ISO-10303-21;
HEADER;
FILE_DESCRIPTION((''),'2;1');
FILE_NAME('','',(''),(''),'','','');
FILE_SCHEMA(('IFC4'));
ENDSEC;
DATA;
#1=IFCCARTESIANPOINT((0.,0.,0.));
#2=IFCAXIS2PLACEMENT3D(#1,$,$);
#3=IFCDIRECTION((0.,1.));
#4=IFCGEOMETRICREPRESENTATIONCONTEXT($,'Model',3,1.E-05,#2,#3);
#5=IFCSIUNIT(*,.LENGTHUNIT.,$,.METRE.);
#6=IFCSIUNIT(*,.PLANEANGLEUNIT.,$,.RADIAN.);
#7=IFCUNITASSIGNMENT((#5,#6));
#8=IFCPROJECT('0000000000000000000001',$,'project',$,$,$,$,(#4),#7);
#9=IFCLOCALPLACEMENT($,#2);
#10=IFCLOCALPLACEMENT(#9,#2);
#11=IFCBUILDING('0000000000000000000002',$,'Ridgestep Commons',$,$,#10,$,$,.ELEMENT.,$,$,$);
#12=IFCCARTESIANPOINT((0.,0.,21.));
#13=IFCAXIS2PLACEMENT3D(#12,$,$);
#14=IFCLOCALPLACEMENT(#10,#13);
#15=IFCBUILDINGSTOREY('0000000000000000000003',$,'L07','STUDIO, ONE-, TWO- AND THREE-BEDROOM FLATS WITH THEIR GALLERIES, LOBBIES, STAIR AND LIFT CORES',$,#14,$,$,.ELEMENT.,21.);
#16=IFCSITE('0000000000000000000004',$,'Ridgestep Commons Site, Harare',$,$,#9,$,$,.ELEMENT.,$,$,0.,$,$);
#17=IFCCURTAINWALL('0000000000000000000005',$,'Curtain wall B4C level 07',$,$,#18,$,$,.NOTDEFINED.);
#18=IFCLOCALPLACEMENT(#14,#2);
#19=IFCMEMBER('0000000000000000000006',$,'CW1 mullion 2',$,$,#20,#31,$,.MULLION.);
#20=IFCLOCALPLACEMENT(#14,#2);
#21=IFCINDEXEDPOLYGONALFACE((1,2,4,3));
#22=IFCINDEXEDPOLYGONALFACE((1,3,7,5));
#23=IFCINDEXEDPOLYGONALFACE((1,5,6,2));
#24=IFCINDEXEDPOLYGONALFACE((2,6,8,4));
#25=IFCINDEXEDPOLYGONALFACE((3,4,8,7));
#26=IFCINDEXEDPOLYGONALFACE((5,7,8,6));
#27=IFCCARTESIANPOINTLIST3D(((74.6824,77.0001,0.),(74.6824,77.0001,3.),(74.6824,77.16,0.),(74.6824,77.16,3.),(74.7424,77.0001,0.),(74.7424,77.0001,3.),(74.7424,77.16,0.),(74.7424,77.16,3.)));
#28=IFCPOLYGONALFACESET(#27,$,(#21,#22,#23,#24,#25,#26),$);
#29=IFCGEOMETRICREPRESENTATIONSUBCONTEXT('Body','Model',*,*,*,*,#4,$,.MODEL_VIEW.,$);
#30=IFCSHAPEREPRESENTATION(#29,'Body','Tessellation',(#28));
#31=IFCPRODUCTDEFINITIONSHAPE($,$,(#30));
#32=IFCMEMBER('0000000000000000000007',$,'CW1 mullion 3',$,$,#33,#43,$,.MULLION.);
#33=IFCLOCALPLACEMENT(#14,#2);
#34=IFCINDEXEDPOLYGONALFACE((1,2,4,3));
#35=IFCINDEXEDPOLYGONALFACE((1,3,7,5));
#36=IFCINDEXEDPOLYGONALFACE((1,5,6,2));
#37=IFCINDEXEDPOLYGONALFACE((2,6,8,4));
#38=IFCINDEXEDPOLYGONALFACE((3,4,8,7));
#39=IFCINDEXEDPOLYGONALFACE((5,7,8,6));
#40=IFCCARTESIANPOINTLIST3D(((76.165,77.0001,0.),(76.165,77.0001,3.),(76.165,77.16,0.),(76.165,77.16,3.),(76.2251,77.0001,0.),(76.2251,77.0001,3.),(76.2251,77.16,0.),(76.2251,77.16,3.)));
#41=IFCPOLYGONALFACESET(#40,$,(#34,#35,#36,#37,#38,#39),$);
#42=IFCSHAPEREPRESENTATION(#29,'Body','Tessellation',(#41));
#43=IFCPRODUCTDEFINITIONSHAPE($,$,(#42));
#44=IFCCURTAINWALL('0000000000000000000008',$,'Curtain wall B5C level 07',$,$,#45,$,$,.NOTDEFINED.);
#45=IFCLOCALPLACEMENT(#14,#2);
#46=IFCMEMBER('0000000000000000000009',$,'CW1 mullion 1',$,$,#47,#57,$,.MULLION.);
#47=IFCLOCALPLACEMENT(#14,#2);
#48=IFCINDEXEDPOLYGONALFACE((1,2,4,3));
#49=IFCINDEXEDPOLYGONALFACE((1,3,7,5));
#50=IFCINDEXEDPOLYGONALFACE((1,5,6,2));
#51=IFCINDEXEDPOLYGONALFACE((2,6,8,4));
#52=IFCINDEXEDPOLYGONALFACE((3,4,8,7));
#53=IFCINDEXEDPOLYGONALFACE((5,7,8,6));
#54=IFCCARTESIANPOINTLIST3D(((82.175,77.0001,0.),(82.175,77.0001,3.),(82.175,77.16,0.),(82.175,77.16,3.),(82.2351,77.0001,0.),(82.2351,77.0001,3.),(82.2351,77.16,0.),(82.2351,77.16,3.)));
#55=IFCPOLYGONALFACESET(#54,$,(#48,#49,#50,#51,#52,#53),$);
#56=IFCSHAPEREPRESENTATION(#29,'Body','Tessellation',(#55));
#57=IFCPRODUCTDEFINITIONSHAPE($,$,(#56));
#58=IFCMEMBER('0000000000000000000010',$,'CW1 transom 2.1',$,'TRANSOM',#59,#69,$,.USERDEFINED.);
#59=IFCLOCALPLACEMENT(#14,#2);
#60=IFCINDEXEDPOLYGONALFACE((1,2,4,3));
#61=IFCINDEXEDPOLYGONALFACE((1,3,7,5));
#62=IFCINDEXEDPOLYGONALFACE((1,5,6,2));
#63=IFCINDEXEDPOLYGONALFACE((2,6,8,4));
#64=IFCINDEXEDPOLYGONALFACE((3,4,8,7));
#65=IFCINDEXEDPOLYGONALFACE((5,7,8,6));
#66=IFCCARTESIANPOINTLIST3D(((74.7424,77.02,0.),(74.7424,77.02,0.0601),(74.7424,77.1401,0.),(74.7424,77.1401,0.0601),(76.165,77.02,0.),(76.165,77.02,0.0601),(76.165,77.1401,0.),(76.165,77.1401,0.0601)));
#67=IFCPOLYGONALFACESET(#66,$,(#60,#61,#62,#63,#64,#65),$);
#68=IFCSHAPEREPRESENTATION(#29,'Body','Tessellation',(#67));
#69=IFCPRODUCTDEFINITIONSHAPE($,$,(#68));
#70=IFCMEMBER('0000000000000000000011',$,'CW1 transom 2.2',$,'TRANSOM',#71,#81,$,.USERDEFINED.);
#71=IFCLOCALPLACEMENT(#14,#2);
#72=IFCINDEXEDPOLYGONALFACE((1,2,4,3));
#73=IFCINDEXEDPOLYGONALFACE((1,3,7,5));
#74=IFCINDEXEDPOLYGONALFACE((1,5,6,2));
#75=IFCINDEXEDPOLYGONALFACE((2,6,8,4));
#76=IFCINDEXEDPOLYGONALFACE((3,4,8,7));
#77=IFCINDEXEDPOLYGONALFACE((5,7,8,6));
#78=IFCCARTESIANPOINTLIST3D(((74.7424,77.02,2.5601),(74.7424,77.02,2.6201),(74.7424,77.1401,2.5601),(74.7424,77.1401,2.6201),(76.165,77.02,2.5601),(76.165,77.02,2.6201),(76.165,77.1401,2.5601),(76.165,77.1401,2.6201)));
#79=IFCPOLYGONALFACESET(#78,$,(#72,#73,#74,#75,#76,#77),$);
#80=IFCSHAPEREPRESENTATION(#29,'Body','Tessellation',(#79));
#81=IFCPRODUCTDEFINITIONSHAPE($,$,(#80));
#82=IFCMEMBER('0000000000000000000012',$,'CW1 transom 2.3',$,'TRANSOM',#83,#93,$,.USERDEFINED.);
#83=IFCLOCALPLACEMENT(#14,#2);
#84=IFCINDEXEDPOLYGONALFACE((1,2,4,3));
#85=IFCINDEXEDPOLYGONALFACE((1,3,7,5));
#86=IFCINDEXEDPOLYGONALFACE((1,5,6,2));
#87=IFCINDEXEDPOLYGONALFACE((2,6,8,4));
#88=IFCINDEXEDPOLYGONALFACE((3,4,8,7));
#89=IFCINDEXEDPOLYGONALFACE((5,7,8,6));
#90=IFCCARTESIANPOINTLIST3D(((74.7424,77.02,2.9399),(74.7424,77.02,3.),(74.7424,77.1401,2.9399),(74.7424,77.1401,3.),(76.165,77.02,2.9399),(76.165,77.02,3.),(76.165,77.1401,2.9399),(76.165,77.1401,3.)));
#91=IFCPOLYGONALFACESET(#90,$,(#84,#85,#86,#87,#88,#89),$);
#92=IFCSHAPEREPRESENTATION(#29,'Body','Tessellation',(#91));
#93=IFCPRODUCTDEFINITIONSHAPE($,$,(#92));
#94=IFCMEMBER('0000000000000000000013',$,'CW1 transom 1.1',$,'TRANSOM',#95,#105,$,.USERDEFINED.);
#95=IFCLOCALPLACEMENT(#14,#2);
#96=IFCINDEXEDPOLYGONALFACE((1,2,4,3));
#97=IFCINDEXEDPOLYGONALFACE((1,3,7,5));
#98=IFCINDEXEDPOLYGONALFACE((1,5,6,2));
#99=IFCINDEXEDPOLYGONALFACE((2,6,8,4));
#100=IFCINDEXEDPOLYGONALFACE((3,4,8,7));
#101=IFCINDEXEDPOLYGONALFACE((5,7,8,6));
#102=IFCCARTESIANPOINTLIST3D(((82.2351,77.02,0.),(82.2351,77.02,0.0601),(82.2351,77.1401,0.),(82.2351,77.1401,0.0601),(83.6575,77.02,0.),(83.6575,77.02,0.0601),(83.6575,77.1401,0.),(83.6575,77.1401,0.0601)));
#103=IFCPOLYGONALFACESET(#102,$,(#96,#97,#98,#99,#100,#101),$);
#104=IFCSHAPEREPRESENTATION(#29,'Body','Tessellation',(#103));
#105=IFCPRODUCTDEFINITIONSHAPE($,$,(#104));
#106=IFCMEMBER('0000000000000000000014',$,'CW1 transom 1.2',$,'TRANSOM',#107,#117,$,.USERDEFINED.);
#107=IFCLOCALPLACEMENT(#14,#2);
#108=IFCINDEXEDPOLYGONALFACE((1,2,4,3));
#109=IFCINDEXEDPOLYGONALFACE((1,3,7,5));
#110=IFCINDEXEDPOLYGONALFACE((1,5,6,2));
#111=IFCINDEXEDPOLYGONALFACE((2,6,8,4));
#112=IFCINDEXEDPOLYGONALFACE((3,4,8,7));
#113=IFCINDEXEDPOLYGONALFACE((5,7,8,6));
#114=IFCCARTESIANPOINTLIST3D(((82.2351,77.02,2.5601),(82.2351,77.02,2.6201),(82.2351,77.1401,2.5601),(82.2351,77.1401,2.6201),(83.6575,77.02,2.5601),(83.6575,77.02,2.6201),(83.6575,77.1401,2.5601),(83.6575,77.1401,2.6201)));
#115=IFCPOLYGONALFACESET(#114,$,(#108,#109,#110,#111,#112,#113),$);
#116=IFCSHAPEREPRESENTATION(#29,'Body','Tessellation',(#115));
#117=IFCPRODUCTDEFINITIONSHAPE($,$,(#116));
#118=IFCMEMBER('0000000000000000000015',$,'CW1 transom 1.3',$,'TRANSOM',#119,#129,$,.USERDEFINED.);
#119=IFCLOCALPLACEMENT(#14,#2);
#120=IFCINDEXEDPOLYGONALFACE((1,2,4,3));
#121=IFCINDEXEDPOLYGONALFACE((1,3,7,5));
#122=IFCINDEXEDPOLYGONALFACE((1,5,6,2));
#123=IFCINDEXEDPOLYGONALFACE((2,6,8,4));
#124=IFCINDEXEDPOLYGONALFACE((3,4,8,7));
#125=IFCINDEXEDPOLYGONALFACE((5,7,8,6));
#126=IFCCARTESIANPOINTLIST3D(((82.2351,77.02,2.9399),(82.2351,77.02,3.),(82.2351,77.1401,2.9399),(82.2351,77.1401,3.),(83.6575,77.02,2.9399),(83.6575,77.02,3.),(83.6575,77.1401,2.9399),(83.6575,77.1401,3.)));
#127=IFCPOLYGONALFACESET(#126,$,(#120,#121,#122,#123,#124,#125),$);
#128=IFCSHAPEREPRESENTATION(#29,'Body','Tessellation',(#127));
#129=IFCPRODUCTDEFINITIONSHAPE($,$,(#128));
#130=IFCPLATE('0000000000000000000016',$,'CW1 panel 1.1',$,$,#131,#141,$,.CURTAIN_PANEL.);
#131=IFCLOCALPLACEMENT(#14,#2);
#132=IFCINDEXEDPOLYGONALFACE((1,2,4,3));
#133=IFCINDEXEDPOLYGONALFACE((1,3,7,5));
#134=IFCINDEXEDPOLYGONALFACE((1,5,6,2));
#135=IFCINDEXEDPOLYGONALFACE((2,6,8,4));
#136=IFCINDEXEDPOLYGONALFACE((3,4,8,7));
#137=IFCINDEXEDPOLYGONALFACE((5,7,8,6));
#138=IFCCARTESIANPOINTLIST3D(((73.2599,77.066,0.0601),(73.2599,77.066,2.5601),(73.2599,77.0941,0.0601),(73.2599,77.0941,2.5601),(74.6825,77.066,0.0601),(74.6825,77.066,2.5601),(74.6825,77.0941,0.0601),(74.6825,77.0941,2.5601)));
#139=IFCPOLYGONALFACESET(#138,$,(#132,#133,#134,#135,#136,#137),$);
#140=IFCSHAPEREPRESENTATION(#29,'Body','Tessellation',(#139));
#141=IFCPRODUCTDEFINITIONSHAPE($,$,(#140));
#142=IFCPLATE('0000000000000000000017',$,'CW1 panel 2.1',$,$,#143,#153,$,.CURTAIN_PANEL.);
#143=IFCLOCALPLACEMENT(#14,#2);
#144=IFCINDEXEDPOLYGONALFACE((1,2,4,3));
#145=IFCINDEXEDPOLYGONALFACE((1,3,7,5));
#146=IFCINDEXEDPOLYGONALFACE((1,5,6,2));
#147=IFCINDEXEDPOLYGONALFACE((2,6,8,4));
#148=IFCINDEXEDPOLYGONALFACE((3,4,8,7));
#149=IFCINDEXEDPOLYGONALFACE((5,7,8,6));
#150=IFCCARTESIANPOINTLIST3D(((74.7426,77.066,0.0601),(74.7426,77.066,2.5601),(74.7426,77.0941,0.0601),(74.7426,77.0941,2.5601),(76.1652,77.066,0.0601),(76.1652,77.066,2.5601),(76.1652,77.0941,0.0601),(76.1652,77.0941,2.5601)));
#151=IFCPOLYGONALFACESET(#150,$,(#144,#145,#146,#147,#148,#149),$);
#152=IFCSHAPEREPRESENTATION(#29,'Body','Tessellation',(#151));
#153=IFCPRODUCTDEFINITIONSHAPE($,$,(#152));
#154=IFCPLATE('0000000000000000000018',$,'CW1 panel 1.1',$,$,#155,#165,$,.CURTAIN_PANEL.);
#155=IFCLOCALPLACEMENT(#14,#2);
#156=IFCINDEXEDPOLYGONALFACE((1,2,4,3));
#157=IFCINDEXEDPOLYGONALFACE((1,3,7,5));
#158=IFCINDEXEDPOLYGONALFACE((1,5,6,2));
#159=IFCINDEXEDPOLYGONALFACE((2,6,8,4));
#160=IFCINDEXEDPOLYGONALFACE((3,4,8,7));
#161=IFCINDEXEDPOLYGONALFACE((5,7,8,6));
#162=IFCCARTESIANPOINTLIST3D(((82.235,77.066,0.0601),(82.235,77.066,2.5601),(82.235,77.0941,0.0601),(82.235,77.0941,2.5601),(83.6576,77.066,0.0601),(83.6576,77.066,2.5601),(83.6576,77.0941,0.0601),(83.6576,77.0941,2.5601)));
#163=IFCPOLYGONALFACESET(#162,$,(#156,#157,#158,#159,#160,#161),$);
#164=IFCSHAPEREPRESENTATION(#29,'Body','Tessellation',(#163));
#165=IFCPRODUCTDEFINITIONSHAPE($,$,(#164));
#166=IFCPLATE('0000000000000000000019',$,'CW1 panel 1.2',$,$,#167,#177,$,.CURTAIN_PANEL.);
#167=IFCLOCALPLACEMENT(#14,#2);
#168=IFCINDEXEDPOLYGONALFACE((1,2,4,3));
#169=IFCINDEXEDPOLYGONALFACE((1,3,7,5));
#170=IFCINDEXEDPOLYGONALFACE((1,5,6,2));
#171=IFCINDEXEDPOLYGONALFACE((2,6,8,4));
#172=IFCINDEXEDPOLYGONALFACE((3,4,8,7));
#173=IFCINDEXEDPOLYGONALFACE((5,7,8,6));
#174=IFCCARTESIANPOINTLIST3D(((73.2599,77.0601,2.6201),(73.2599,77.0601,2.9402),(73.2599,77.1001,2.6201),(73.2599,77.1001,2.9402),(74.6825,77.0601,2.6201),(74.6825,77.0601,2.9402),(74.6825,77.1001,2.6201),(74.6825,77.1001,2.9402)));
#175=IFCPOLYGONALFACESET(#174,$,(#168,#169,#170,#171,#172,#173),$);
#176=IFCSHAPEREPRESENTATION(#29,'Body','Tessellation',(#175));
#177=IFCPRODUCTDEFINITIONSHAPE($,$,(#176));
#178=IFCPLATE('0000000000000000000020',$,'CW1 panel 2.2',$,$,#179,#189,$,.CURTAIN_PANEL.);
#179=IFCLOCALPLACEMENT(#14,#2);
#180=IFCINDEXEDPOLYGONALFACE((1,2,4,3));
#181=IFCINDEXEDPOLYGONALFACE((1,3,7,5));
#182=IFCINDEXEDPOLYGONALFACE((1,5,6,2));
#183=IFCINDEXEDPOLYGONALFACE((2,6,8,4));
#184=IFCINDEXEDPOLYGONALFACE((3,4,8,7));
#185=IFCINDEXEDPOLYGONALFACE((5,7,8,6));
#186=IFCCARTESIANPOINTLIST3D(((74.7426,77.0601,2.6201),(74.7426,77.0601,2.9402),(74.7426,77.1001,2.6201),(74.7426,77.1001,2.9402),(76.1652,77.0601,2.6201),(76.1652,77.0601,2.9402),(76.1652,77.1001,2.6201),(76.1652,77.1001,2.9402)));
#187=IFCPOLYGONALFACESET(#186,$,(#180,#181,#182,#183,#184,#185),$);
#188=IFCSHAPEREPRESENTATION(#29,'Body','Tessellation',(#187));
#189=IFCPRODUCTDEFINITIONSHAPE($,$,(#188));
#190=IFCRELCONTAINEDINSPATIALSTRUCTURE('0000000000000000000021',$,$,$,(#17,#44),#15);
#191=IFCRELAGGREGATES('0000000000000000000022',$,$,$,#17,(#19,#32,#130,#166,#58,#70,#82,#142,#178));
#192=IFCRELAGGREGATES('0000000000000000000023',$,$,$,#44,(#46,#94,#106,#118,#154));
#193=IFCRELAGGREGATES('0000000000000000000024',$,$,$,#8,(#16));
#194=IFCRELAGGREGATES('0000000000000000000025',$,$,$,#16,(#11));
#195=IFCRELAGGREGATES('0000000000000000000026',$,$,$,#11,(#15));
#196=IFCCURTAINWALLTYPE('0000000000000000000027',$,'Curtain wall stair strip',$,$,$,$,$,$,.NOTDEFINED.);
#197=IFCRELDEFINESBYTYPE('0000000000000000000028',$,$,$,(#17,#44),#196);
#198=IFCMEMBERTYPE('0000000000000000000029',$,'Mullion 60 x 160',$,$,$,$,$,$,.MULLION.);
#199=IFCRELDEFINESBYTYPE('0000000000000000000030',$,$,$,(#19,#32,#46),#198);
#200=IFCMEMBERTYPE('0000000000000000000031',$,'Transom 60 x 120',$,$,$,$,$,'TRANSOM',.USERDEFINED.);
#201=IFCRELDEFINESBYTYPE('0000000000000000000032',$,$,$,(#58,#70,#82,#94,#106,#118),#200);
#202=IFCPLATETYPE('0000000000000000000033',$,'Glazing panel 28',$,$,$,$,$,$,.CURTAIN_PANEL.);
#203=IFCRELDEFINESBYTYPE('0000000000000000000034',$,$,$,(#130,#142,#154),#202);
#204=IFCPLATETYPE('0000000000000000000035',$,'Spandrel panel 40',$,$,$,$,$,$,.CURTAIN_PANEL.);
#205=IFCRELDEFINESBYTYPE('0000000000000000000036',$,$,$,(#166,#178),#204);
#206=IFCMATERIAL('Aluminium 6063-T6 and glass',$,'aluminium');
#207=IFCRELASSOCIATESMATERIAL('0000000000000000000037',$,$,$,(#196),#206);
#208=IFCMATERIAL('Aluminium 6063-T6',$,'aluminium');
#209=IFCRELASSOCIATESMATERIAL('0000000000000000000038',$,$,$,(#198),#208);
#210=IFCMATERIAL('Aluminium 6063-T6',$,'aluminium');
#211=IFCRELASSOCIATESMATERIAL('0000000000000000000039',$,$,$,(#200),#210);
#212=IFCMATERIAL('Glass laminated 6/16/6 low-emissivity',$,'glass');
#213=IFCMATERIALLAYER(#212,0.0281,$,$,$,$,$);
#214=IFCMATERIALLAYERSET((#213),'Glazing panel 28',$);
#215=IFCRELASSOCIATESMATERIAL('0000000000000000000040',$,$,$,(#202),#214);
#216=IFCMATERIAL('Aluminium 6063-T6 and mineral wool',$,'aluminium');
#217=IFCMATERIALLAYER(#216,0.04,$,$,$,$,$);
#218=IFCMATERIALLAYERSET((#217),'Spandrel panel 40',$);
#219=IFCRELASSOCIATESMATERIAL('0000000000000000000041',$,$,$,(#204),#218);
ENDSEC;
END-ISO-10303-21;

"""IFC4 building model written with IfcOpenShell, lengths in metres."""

from ifc_helpers import new_model, si_unit, direction, frame, origin, origin_2d, place, context, subcontext, project, spatial, rectangle, extrude, material, layer, layer_set, material_profile, profile_set, type_object, element, aggregate, save


model = new_model("IFC4")

# Units and contexts
model_context = context("Model", 3, precision=1e-05, world=origin(), true_north=direction((0.0, 1.0)))
body_context = subcontext(model_context, "Body", "Model", "MODEL_VIEW")
ifc_project = project(units=[si_unit("LENGTHUNIT", "METRE"), si_unit("PLANEANGLEUNIT", "RADIAN")], contexts=[model_context])

# Site, building, storey
site_placement = place(None, origin())
site = spatial("IfcSite", under=ifc_project, at=site_placement, Name="Ridgestep Commons Site, Harare", CompositionType="ELEMENT", RefElevation=0.0)
building_placement = place(site_placement, origin())
building = spatial("IfcBuilding", under=site, at=building_placement, Name="Ridgestep Commons", CompositionType="ELEMENT")
storey_placement = place(building_placement, frame((0.0, 0.0, 21.0)))
storey = spatial("IfcBuildingStorey", under=building, at=storey_placement, Name="L07", Description="STUDIO, ONE-, TWO- AND THREE-BEDROOM FLATS WITH THEIR GALLERIES, LOBBIES, STAIR AND LIFT CORES", CompositionType="ELEMENT", Elevation=21.0)

# Curtain wall, members
ifc_material_1 = material(Name="Aluminium 6063-T6 and glass", Category="aluminium")
curtain_wall_type = type_object("IfcCurtainWallType", Name="Curtain wall stair strip", PredefinedType="NOTDEFINED", material=ifc_material_1)
curtain_wall_1_placement = place(storey_placement, origin())
curtain_wall_1 = element("IfcCurtainWall", 1, at=curtain_wall_1_placement, inside=storey, type_object=curtain_wall_type, Name="Curtain wall B4C level 07", PredefinedType="NOTDEFINED")
ifc_material_2 = material(Name="Aluminium 6063-T6", Category="aluminium")
ifc_material_profile_1 = material_profile(ifc_material_2, rectangle(XDim=0.1599, YDim=0.0601, at=origin_2d()), Name="Mullion 60 x 160")
ifc_profile_set_1 = profile_set([ifc_material_profile_1], Name="Aluminium 6063-T6")
member_type_1 = type_object("IfcMemberType", Name="Mullion 60 x 160", PredefinedType="MULLION", material=ifc_profile_set_1)
member_1_placement = place(storey_placement, frame((74.7124, 77.0801, 0.0), z_axis=(0.0, 0.0, 1.0), x_axis=(0.0, 1.0, 0.0)))
member_1 = element("IfcMember", 2, at=member_1_placement, type_object=member_type_1, Name="CW1 mullion 2", PredefinedType="MULLION", context=body_context, shape_type="SweptSolid", body=[
    extrude(rectangle(XDim=0.1599, YDim=0.0601, at=origin_2d()), origin(), (0.0, 0.0, 1.0), 3.0),
])
member_2_placement = place(storey_placement, frame((76.1951, 77.0801, 0.0), z_axis=(0.0, 0.0, 1.0), x_axis=(0.0, 1.0, 0.0)))
member_2 = element("IfcMember", 3, at=member_2_placement, type_object=member_type_1, Name="CW1 mullion 3", PredefinedType="MULLION", context=body_context, shape_type="SweptSolid", body=[
    extrude(rectangle(XDim=0.1599, YDim=0.0601, at=origin_2d()), origin(), (0.0, 0.0, 1.0), 3.0),
])

# Curtain wall, member
curtain_wall_2_placement = place(storey_placement, origin())
curtain_wall_2 = element("IfcCurtainWall", 4, at=curtain_wall_2_placement, inside=storey, type_object=curtain_wall_type, Name="Curtain wall B5C level 07", PredefinedType="NOTDEFINED")
member_3_placement = place(storey_placement, frame((82.2051, 77.0801, 0.0), z_axis=(0.0, 0.0, 1.0), x_axis=(0.0, 1.0, 0.0)))
member_3 = element("IfcMember", 5, at=member_3_placement, type_object=member_type_1, Name="CW1 mullion 1", PredefinedType="MULLION", context=body_context, shape_type="SweptSolid", body=[
    extrude(rectangle(XDim=0.1599, YDim=0.0601, at=origin_2d()), origin(), (0.0, 0.0, 1.0), 3.0),
])

# Members
ifc_material_3 = material(Name="Aluminium 6063-T6", Category="aluminium")
ifc_material_profile_2 = material_profile(ifc_material_3, rectangle(XDim=0.1201, YDim=0.0601, at=origin_2d()), Name="Transom 60 x 120")
ifc_profile_set_2 = profile_set([ifc_material_profile_2], Name="Aluminium 6063-T6")
member_type_2 = type_object("IfcMemberType", Name="Transom 60 x 120", ElementType="TRANSOM", PredefinedType="USERDEFINED", material=ifc_profile_set_2)
member_4_placement = place(storey_placement, frame((74.7424, 77.0801, 0.03), z_axis=(1.0, 0.0, 0.0), x_axis=(0.0, 1.0, 0.0)))
member_4 = element("IfcMember", 6, at=member_4_placement, type_object=member_type_2, Name="CW1 transom 2.1", ObjectType="TRANSOM", PredefinedType="USERDEFINED", context=body_context, shape_type="SweptSolid", body=[
    extrude(rectangle(XDim=0.1201, YDim=0.0601, at=origin_2d()), origin(), (0.0, 0.0, 1.0), 1.4226),
])
member_5_placement = place(storey_placement, frame((74.7424, 77.0801, 2.5901), z_axis=(1.0, 0.0, 0.0), x_axis=(0.0, 1.0, 0.0)))
member_5 = element("IfcMember", 7, at=member_5_placement, type_object=member_type_2, Name="CW1 transom 2.2", ObjectType="TRANSOM", PredefinedType="USERDEFINED", context=body_context, shape_type="SweptSolid", body=[
    extrude(rectangle(XDim=0.1201, YDim=0.0601, at=origin_2d()), origin(), (0.0, 0.0, 1.0), 1.4226),
])
member_6_placement = place(storey_placement, frame((74.7424, 77.0801, 2.97), z_axis=(1.0, 0.0, 0.0), x_axis=(0.0, 1.0, 0.0)))
member_6 = element("IfcMember", 8, at=member_6_placement, type_object=member_type_2, Name="CW1 transom 2.3", ObjectType="TRANSOM", PredefinedType="USERDEFINED", context=body_context, shape_type="SweptSolid", body=[
    extrude(rectangle(XDim=0.1201, YDim=0.0601, at=origin_2d()), origin(), (0.0, 0.0, 1.0), 1.4226),
])
member_7_placement = place(storey_placement, frame((82.2351, 77.0801, 0.03), z_axis=(1.0, 0.0, 0.0), x_axis=(0.0, 1.0, 0.0)))
member_7 = element("IfcMember", 9, at=member_7_placement, type_object=member_type_2, Name="CW1 transom 1.1", ObjectType="TRANSOM", PredefinedType="USERDEFINED", context=body_context, shape_type="SweptSolid", body=[
    extrude(rectangle(XDim=0.1201, YDim=0.0601, at=origin_2d()), origin(), (0.0, 0.0, 1.0), 1.4224),
])
member_8_placement = place(storey_placement, frame((82.2351, 77.0801, 2.5901), z_axis=(1.0, 0.0, 0.0), x_axis=(0.0, 1.0, 0.0)))
member_8 = element("IfcMember", 10, at=member_8_placement, type_object=member_type_2, Name="CW1 transom 1.2", ObjectType="TRANSOM", PredefinedType="USERDEFINED", context=body_context, shape_type="SweptSolid", body=[
    extrude(rectangle(XDim=0.1201, YDim=0.0601, at=origin_2d()), origin(), (0.0, 0.0, 1.0), 1.4224),
])
member_9_placement = place(storey_placement, frame((82.2351, 77.0801, 2.97), z_axis=(1.0, 0.0, 0.0), x_axis=(0.0, 1.0, 0.0)))
member_9 = element("IfcMember", 11, at=member_9_placement, type_object=member_type_2, Name="CW1 transom 1.3", ObjectType="TRANSOM", PredefinedType="USERDEFINED", context=body_context, shape_type="SweptSolid", body=[
    extrude(rectangle(XDim=0.1201, YDim=0.0601, at=origin_2d()), origin(), (0.0, 0.0, 1.0), 1.4224),
])

# Plates
ifc_material_4 = material(Name="Glass laminated 6/16/6 low-emissivity", Category="glass")
ifc_layer_1 = layer(ifc_material_4, 0.0281)
ifc_layer_set_1 = layer_set([ifc_layer_1], Name="Glazing panel 28")
plate_type_1 = type_object("IfcPlateType", Name="Glazing panel 28", PredefinedType="CURTAIN_PANEL", material=ifc_layer_set_1)
plate_1_placement = place(storey_placement, frame((73.9712, 77.0801, 0.0601), z_axis=(0.0, 0.0, 1.0), x_axis=(1.0, 0.0, 0.0)))
plate_1 = element("IfcPlate", 12, at=plate_1_placement, type_object=plate_type_1, Name="CW1 panel 1.1", PredefinedType="CURTAIN_PANEL", context=body_context, shape_type="SweptSolid", body=[
    extrude(rectangle(XDim=1.4226, YDim=0.0281, at=origin_2d()), origin(), (0.0, 0.0, 1.0), 2.5),
])
plate_2_placement = place(storey_placement, frame((75.4539, 77.0801, 0.0601), z_axis=(0.0, 0.0, 1.0), x_axis=(1.0, 0.0, 0.0)))
plate_2 = element("IfcPlate", 13, at=plate_2_placement, type_object=plate_type_1, Name="CW1 panel 2.1", PredefinedType="CURTAIN_PANEL", context=body_context, shape_type="SweptSolid", body=[
    extrude(rectangle(XDim=1.4226, YDim=0.0281, at=origin_2d()), origin(), (0.0, 0.0, 1.0), 2.5),
])
plate_3_placement = place(storey_placement, frame((82.9463, 77.0801, 0.0601), z_axis=(0.0, 0.0, 1.0), x_axis=(1.0, 0.0, 0.0)))
plate_3 = element("IfcPlate", 14, at=plate_3_placement, type_object=plate_type_1, Name="CW1 panel 1.1", PredefinedType="CURTAIN_PANEL", context=body_context, shape_type="SweptSolid", body=[
    extrude(rectangle(XDim=1.4226, YDim=0.0281, at=origin_2d()), origin(), (0.0, 0.0, 1.0), 2.5),
])
ifc_material_5 = material(Name="Aluminium 6063-T6 and mineral wool", Category="aluminium")
ifc_layer_2 = layer(ifc_material_5, 0.04)
ifc_layer_set_2 = layer_set([ifc_layer_2], Name="Spandrel panel 40")
plate_type_2 = type_object("IfcPlateType", Name="Spandrel panel 40", PredefinedType="CURTAIN_PANEL", material=ifc_layer_set_2)
plate_4_placement = place(storey_placement, frame((73.9712, 77.0801, 2.6201), z_axis=(0.0, 0.0, 1.0), x_axis=(1.0, 0.0, 0.0)))
plate_4 = element("IfcPlate", 15, at=plate_4_placement, type_object=plate_type_2, Name="CW1 panel 1.2", PredefinedType="CURTAIN_PANEL", context=body_context, shape_type="SweptSolid", body=[
    extrude(rectangle(XDim=1.4226, YDim=0.04, at=origin_2d()), origin(), (0.0, 0.0, 1.0), 0.3201),
])
plate_5_placement = place(storey_placement, frame((75.4539, 77.0801, 2.6201), z_axis=(0.0, 0.0, 1.0), x_axis=(1.0, 0.0, 0.0)))
plate_5 = element("IfcPlate", 16, at=plate_5_placement, type_object=plate_type_2, Name="CW1 panel 2.2", PredefinedType="CURTAIN_PANEL", context=body_context, shape_type="SweptSolid", body=[
    extrude(rectangle(XDim=1.4226, YDim=0.04, at=origin_2d()), origin(), (0.0, 0.0, 1.0), 0.3201),
])
aggregate(curtain_wall_1, [member_1, member_2, plate_1, plate_4, member_4, member_5, member_6, plate_2, plate_5])
aggregate(curtain_wall_2, [member_3, member_7, member_8, member_9, plate_3])

save(model, "model.ifc")
